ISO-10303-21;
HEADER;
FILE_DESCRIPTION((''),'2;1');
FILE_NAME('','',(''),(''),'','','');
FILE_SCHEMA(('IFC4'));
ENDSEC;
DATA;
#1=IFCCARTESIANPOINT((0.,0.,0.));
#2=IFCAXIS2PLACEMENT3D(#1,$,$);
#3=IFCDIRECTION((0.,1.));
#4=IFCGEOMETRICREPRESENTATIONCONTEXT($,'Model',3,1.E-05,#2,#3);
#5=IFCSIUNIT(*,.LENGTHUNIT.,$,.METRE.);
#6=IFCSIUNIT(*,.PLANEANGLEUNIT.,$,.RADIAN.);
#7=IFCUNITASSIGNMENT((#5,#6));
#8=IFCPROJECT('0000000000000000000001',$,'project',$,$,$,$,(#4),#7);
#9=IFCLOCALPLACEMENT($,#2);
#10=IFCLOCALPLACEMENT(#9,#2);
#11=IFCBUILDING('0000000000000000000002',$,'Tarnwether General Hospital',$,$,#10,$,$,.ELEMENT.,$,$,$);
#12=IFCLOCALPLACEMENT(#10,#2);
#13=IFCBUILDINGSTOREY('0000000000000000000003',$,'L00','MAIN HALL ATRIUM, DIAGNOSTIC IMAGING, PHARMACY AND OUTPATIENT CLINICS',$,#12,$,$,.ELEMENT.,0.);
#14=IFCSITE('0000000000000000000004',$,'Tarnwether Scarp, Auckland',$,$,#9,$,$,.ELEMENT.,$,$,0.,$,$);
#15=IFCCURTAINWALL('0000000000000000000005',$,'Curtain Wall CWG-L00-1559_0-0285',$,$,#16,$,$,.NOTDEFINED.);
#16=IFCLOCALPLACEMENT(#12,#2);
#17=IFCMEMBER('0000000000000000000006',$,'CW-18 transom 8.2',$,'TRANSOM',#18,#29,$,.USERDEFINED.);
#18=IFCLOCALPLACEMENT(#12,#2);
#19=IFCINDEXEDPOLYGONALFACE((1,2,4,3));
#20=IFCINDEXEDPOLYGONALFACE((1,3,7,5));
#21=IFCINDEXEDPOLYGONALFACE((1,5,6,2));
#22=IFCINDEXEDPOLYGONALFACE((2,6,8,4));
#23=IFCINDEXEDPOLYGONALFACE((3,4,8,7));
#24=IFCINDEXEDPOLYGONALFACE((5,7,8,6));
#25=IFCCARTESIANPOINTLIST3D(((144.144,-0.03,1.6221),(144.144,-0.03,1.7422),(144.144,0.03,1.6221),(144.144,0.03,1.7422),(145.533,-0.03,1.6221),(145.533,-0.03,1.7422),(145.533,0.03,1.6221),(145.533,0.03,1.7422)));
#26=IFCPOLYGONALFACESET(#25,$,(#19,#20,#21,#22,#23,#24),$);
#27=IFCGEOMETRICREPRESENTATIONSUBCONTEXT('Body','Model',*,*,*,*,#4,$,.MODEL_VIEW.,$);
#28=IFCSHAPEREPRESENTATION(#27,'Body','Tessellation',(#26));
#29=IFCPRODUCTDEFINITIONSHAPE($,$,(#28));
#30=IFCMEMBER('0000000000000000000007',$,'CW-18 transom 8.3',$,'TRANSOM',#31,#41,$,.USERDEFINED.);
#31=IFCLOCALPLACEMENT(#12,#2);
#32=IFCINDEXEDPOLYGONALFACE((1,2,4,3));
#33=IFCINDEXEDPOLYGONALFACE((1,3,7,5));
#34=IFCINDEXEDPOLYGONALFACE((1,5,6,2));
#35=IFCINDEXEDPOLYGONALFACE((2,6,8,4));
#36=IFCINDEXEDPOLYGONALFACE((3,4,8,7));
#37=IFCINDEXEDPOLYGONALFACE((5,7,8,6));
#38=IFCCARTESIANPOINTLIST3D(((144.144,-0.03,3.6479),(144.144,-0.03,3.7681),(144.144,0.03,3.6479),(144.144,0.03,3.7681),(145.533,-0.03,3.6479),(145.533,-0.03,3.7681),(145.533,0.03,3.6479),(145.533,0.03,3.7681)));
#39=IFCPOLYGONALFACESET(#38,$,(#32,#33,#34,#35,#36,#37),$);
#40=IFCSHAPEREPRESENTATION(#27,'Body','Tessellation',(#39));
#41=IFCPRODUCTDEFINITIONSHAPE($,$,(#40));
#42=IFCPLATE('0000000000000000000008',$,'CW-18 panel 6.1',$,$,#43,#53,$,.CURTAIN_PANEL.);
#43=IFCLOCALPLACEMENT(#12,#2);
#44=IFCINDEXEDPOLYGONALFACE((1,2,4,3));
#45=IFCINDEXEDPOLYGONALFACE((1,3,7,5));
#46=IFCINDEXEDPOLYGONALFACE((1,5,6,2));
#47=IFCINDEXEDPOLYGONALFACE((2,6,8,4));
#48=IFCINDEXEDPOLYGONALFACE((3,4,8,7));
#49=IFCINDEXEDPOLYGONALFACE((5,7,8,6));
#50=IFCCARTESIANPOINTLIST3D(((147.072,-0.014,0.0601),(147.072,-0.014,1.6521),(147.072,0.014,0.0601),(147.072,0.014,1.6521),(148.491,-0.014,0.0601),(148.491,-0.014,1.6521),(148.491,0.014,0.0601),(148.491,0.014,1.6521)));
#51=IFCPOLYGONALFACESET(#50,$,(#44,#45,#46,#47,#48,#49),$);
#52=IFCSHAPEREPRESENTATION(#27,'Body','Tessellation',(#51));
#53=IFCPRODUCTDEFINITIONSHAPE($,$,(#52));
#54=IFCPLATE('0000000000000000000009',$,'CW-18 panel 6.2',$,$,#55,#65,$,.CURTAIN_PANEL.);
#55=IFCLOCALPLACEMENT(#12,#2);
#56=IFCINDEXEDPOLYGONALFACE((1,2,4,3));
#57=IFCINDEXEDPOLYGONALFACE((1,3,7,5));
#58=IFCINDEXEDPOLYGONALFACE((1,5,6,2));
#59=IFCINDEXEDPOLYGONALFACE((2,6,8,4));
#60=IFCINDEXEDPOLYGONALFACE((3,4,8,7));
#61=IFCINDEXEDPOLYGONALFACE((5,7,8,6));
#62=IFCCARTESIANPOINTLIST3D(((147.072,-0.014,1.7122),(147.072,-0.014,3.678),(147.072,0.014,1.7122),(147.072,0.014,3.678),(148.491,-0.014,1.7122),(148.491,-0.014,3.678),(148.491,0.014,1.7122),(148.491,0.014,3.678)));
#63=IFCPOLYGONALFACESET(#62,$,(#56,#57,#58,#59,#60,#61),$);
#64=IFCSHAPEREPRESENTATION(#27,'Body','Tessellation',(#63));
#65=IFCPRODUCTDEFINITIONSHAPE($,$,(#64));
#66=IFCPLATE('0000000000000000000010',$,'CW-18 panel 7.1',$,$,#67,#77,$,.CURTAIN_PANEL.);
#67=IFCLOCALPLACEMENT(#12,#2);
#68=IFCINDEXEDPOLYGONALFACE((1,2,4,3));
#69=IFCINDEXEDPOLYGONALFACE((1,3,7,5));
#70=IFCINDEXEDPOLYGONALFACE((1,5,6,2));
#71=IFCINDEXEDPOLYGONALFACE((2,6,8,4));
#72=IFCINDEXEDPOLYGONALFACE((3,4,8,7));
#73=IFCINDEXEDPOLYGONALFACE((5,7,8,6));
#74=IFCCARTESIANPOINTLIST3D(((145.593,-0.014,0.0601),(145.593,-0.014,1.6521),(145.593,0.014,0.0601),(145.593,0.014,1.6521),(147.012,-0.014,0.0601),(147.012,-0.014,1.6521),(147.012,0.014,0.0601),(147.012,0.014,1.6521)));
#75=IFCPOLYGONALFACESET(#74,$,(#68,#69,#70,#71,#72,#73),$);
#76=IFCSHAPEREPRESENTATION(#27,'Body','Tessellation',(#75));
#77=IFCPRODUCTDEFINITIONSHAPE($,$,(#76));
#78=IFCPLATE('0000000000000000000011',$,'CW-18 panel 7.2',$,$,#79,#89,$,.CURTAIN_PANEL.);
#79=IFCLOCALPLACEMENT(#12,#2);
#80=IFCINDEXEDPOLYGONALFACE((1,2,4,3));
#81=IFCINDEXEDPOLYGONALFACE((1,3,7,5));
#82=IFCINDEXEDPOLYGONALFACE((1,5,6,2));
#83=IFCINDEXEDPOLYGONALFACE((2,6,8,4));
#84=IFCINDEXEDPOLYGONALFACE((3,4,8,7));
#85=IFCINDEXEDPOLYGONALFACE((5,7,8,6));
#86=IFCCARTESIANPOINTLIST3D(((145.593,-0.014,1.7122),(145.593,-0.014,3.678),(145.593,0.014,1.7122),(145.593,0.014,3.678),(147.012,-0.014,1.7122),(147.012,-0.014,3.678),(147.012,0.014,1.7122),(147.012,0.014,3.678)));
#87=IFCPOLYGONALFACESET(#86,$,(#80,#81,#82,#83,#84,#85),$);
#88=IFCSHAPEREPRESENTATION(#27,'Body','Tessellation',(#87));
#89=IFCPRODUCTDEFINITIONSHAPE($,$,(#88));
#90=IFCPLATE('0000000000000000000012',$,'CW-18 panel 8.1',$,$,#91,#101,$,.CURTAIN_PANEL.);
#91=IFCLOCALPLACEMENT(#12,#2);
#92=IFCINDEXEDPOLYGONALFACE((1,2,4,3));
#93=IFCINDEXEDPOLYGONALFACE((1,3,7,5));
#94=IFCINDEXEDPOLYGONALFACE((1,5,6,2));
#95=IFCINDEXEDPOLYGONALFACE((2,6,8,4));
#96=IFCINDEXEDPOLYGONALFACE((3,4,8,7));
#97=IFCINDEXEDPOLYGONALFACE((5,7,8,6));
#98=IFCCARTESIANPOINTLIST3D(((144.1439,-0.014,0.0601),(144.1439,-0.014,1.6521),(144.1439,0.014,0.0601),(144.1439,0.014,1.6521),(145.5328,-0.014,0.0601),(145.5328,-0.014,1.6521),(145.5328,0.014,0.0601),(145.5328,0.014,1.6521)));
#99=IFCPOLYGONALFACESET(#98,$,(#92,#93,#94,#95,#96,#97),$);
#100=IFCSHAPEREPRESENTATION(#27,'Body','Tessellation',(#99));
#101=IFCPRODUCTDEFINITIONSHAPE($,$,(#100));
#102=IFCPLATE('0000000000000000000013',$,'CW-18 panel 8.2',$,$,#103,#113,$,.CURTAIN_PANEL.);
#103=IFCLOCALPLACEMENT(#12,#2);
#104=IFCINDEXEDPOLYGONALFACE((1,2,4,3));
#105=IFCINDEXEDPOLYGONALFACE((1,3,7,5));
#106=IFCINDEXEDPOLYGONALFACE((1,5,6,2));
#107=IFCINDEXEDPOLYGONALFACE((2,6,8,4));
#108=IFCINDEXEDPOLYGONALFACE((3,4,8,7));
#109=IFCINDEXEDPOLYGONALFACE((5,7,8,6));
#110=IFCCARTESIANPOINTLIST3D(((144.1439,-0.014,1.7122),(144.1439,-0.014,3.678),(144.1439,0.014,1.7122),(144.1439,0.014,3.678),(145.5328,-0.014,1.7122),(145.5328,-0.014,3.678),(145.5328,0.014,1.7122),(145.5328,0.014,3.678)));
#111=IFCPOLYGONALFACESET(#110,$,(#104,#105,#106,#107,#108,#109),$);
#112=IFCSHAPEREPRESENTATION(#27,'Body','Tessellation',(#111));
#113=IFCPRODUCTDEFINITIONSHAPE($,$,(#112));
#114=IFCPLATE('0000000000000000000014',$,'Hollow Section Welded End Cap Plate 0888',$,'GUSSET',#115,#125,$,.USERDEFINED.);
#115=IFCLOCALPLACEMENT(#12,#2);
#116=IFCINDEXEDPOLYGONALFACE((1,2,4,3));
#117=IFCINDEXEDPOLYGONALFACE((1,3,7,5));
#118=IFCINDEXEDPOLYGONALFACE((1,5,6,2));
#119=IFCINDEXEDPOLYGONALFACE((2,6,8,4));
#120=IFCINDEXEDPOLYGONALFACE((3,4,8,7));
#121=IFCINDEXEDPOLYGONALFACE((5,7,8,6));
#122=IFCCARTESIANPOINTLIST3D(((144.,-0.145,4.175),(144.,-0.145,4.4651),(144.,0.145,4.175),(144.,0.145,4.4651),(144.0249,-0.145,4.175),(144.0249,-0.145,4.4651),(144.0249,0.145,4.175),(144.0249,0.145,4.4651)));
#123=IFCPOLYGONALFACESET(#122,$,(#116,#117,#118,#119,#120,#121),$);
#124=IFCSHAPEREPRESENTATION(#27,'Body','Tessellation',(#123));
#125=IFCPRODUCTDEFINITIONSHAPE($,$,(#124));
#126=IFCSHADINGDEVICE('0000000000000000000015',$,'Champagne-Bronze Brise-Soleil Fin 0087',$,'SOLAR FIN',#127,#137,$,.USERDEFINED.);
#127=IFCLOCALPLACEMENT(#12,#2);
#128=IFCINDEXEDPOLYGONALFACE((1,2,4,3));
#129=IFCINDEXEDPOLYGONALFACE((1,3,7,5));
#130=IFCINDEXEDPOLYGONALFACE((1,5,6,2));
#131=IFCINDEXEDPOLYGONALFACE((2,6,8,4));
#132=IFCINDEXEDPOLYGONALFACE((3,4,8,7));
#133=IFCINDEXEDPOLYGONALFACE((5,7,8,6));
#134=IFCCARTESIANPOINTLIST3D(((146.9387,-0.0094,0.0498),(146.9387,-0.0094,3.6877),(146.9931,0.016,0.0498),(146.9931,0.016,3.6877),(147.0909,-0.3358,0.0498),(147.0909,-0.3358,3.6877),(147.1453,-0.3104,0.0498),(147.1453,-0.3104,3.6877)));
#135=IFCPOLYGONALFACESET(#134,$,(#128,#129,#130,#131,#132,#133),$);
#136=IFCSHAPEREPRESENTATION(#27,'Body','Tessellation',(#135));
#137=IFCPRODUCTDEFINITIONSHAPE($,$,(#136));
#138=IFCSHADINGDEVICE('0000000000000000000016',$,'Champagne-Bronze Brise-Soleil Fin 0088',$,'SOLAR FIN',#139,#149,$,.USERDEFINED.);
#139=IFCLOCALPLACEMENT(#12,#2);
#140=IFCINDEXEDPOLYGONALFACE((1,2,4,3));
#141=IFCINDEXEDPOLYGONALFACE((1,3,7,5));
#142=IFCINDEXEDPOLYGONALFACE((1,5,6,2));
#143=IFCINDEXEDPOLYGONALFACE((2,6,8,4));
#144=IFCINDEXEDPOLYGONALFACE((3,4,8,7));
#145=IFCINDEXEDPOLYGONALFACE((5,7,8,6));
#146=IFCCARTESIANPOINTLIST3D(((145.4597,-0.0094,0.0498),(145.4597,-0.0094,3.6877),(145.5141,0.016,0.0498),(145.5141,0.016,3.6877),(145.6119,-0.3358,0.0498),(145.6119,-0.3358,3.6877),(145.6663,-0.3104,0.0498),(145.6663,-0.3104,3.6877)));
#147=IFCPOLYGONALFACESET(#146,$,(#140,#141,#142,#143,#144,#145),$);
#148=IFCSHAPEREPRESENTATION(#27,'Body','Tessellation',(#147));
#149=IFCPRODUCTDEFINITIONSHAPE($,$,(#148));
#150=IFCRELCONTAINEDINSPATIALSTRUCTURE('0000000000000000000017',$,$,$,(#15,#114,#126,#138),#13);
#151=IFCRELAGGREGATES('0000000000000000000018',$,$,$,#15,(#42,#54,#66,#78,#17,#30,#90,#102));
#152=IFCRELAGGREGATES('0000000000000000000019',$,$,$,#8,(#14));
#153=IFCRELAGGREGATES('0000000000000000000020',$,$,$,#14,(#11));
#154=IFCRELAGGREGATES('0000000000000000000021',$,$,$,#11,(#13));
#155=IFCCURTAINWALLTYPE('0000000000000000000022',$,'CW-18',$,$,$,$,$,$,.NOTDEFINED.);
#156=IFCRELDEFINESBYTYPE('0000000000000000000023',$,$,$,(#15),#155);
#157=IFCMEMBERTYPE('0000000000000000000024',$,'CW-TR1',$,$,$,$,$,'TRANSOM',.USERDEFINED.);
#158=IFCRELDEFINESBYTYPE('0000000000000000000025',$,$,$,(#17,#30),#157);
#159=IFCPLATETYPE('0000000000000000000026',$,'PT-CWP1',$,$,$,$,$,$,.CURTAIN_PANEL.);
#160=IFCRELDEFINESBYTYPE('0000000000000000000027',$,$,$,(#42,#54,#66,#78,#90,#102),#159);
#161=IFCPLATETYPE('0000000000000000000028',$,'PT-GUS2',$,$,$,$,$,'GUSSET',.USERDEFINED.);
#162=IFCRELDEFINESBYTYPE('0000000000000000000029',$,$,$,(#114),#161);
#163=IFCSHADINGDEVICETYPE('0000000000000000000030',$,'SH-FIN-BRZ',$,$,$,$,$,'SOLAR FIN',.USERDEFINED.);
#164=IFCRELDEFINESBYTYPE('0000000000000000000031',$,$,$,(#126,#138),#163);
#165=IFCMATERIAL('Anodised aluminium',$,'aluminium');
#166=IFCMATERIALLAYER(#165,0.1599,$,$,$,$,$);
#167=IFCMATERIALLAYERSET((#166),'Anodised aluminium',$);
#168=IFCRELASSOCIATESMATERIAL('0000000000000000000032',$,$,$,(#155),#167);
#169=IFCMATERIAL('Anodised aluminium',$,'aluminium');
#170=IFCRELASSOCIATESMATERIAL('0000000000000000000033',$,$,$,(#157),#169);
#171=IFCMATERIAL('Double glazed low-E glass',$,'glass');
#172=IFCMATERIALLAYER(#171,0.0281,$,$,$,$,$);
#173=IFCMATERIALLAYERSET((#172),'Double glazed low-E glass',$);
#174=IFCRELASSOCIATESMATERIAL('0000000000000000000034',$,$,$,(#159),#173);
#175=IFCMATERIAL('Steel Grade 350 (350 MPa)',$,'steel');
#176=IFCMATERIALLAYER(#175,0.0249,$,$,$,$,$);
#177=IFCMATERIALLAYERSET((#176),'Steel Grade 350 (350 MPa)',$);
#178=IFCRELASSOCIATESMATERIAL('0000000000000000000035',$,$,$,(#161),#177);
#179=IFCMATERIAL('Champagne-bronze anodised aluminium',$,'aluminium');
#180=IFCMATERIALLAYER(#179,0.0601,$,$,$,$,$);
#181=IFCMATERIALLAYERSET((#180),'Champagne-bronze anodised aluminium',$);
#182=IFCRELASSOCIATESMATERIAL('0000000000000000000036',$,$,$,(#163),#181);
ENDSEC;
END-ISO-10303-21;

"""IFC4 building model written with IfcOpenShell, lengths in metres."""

from ifc_helpers import new_model, si_unit, direction, frame, origin, origin_2d, place, context, subcontext, project, spatial, rectangle, extrude, material, layer, layer_set, material_profile, profile_set, type_object, element, aggregate, save


model = new_model("IFC4")

# Units and contexts
model_context = context("Model", 3, precision=1e-05, world=origin(), true_north=direction((0.0, 1.0)))
body_context = subcontext(model_context, "Body", "Model", "MODEL_VIEW")
ifc_project = project(units=[si_unit("LENGTHUNIT", "METRE"), si_unit("PLANEANGLEUNIT", "RADIAN")], contexts=[model_context])

# Site, building, storey
site_placement = place(None, origin())
site = spatial("IfcSite", under=ifc_project, at=site_placement, Name="Tarnwether Scarp, Auckland", CompositionType="ELEMENT", RefElevation=0.0)
building_placement = place(site_placement, origin())
building = spatial("IfcBuilding", under=site, at=building_placement, Name="Tarnwether General Hospital", CompositionType="ELEMENT")
storey_placement = place(building_placement, origin())
storey = spatial("IfcBuildingStorey", under=building, at=storey_placement, Name="L00", Description="MAIN HALL ATRIUM, DIAGNOSTIC IMAGING, PHARMACY AND OUTPATIENT CLINICS", CompositionType="ELEMENT", Elevation=0.0)

# Curtain wall, members, plates
ifc_material_1 = material(Name="Anodised aluminium", Category="aluminium")
ifc_layer_1 = layer(ifc_material_1, 0.1599)
ifc_layer_set_1 = layer_set([ifc_layer_1], Name="Anodised aluminium")
curtain_wall_type = type_object("IfcCurtainWallType", Name="CW-18", PredefinedType="NOTDEFINED", material=ifc_layer_set_1)
curtain_wall_placement = place(storey_placement, origin())
curtain_wall = element("IfcCurtainWall", 1, at=curtain_wall_placement, inside=storey, type_object=curtain_wall_type, Name="Curtain Wall CWG-L00-1559_0-0285", PredefinedType="NOTDEFINED")
ifc_material_2 = material(Name="Anodised aluminium", Category="aluminium")
ifc_material_profile_1 = material_profile(ifc_material_2, rectangle(XDim=0.0601, YDim=0.1201, at=origin_2d()), Name="ALU-TRN-60x120")
ifc_profile_set_1 = profile_set([ifc_material_profile_1], Name="Anodised aluminium")
member_type_1 = type_object("IfcMemberType", Name="CW-TR1", ElementType="TRANSOM", PredefinedType="USERDEFINED", material=ifc_profile_set_1)
member_1_placement = place(storey_placement, frame((145.533, 0.0, 1.6821), z_axis=(-1.0, 0.0, 0.0), x_axis=(0.0, -1.0, 0.0)))
member_1 = element("IfcMember", 2, at=member_1_placement, type_object=member_type_1, Name="CW-18 transom 8.2", ObjectType="TRANSOM", PredefinedType="USERDEFINED", context=body_context, shape_type="SweptSolid", body=[
    extrude(rectangle(XDim=0.0601, YDim=0.1201, at=origin_2d()), origin(), (0.0, 0.0, 1.0), 1.3889),
])
member_2_placement = place(storey_placement, frame((145.533, 0.0, 3.708), z_axis=(-1.0, 0.0, 0.0), x_axis=(0.0, -1.0, 0.0)))
member_2 = element("IfcMember", 3, at=member_2_placement, type_object=member_type_1, Name="CW-18 transom 8.3", ObjectType="TRANSOM", PredefinedType="USERDEFINED", context=body_context, shape_type="SweptSolid", body=[
    extrude(rectangle(XDim=0.0601, YDim=0.1201, at=origin_2d()), origin(), (0.0, 0.0, 1.0), 1.3889),
])
ifc_material_3 = material(Name="Double glazed low-E glass", Category="glass")
ifc_layer_2 = layer(ifc_material_3, 0.0281)
ifc_layer_set_2 = layer_set([ifc_layer_2], Name="Double glazed low-E glass")
plate_type_1 = type_object("IfcPlateType", Name="PT-CWP1", PredefinedType="CURTAIN_PANEL", material=ifc_layer_set_2)
plate_1_placement = place(storey_placement, frame((147.7815, 0.0, 0.0601), z_axis=(0.0, 0.0, 1.0), x_axis=(-1.0, 0.0, 0.0)))
plate_1 = element("IfcPlate", 4, at=plate_1_placement, type_object=plate_type_1, Name="CW-18 panel 6.1", PredefinedType="CURTAIN_PANEL", context=body_context, shape_type="SweptSolid", body=[
    extrude(rectangle(XDim=1.4189, YDim=0.0281, at=origin_2d()), origin(), (0.0, 0.0, 1.0), 1.592),
])
plate_2_placement = place(storey_placement, frame((147.7815, 0.0, 1.7122), z_axis=(0.0, 0.0, 1.0), x_axis=(-1.0, 0.0, 0.0)))
plate_2 = element("IfcPlate", 5, at=plate_2_placement, type_object=plate_type_1, Name="CW-18 panel 6.2", PredefinedType="CURTAIN_PANEL", context=body_context, shape_type="SweptSolid", body=[
    extrude(rectangle(XDim=1.4189, YDim=0.0281, at=origin_2d()), origin(), (0.0, 0.0, 1.0), 1.9658),
])
plate_3_placement = place(storey_placement, frame((146.3025, 0.0, 0.0601), z_axis=(0.0, 0.0, 1.0), x_axis=(-1.0, 0.0, 0.0)))
plate_3 = element("IfcPlate", 6, at=plate_3_placement, type_object=plate_type_1, Name="CW-18 panel 7.1", PredefinedType="CURTAIN_PANEL", context=body_context, shape_type="SweptSolid", body=[
    extrude(rectangle(XDim=1.4189, YDim=0.0281, at=origin_2d()), origin(), (0.0, 0.0, 1.0), 1.592),
])
plate_4_placement = place(storey_placement, frame((146.3025, 0.0, 1.7122), z_axis=(0.0, 0.0, 1.0), x_axis=(-1.0, 0.0, 0.0)))
plate_4 = element("IfcPlate", 7, at=plate_4_placement, type_object=plate_type_1, Name="CW-18 panel 7.2", PredefinedType="CURTAIN_PANEL", context=body_context, shape_type="SweptSolid", body=[
    extrude(rectangle(XDim=1.4189, YDim=0.0281, at=origin_2d()), origin(), (0.0, 0.0, 1.0), 1.9658),
])
plate_5_placement = place(storey_placement, frame((144.8384, 0.0, 0.0601), z_axis=(0.0, 0.0, 1.0), x_axis=(-1.0, 0.0, 0.0)))
plate_5 = element("IfcPlate", 8, at=plate_5_placement, type_object=plate_type_1, Name="CW-18 panel 8.1", PredefinedType="CURTAIN_PANEL", context=body_context, shape_type="SweptSolid", body=[
    extrude(rectangle(XDim=1.3889, YDim=0.0281, at=origin_2d()), origin(), (0.0, 0.0, 1.0), 1.592),
])
plate_6_placement = place(storey_placement, frame((144.8384, 0.0, 1.7122), z_axis=(0.0, 0.0, 1.0), x_axis=(-1.0, 0.0, 0.0)))
plate_6 = element("IfcPlate", 9, at=plate_6_placement, type_object=plate_type_1, Name="CW-18 panel 8.2", PredefinedType="CURTAIN_PANEL", context=body_context, shape_type="SweptSolid", body=[
    extrude(rectangle(XDim=1.3889, YDim=0.0281, at=origin_2d()), origin(), (0.0, 0.0, 1.0), 1.9658),
])
aggregate(curtain_wall, [plate_1, plate_2, plate_3, plate_4, member_1, member_2, plate_5, plate_6])

# Plate
ifc_material_4 = material(Name="Steel Grade 350 (350 MPa)", Category="steel")
ifc_layer_3 = layer(ifc_material_4, 0.0249)
ifc_layer_set_3 = layer_set([ifc_layer_3], Name="Steel Grade 350 (350 MPa)")
plate_type_2 = type_object("IfcPlateType", Name="PT-GUS2", ElementType="GUSSET", PredefinedType="USERDEFINED", material=ifc_layer_set_3)
plate_7_placement = place(storey_placement, frame((144.0125, 0.0, 4.175), z_axis=(0.0, 0.0, 1.0), x_axis=(1.0, 0.0, 0.0)))
element("IfcPlate", 10, at=plate_7_placement, inside=storey, type_object=plate_type_2, Name="Hollow Section Welded End Cap Plate 0888", ObjectType="GUSSET", PredefinedType="USERDEFINED", context=body_context, shape_type="SweptSolid", body=[
    extrude(rectangle(XDim=0.0249, YDim=0.29, at=origin_2d()), origin(), (0.0, 0.0, 1.0), 0.29),
])

# Shading devices
ifc_material_5 = material(Name="Champagne-bronze anodised aluminium", Category="aluminium")
ifc_layer_4 = layer(ifc_material_5, 0.0601)
ifc_layer_set_4 = layer_set([ifc_layer_4], Name="Champagne-bronze anodised aluminium")
shading_device_type = type_object("IfcShadingDeviceType", Name="SH-FIN-BRZ", ElementType="SOLAR FIN", PredefinedType="USERDEFINED", material=ifc_layer_set_4)
for number, where, z_axis, x_axis, name in (
    (11, (147.042, -0.1599, 0.0498), (0.0, 0.0, 1.0), (-0.906308, -0.422618, 0.0), "Champagne-Bronze Brise-Soleil Fin 0087"),
    (12, (145.563, -0.1599, 0.0498), (0.0, 0.0, 1.0), (-0.906308, -0.422618, 0.0), "Champagne-Bronze Brise-Soleil Fin 0088"),
):
    element("IfcShadingDevice", number, at=place(storey_placement, frame(where, z_axis=z_axis, x_axis=x_axis)), inside=storey, type_object=shading_device_type, Name=name, ObjectType="SOLAR FIN", PredefinedType="USERDEFINED", context=body_context, shape_type="SweptSolid", body=[
        extrude(rectangle(XDim=0.0601, YDim=0.3601, at=origin_2d()), origin(), (0.0, 0.0, 1.0), 3.6379),
    ])

save(model, "model.ifc")
